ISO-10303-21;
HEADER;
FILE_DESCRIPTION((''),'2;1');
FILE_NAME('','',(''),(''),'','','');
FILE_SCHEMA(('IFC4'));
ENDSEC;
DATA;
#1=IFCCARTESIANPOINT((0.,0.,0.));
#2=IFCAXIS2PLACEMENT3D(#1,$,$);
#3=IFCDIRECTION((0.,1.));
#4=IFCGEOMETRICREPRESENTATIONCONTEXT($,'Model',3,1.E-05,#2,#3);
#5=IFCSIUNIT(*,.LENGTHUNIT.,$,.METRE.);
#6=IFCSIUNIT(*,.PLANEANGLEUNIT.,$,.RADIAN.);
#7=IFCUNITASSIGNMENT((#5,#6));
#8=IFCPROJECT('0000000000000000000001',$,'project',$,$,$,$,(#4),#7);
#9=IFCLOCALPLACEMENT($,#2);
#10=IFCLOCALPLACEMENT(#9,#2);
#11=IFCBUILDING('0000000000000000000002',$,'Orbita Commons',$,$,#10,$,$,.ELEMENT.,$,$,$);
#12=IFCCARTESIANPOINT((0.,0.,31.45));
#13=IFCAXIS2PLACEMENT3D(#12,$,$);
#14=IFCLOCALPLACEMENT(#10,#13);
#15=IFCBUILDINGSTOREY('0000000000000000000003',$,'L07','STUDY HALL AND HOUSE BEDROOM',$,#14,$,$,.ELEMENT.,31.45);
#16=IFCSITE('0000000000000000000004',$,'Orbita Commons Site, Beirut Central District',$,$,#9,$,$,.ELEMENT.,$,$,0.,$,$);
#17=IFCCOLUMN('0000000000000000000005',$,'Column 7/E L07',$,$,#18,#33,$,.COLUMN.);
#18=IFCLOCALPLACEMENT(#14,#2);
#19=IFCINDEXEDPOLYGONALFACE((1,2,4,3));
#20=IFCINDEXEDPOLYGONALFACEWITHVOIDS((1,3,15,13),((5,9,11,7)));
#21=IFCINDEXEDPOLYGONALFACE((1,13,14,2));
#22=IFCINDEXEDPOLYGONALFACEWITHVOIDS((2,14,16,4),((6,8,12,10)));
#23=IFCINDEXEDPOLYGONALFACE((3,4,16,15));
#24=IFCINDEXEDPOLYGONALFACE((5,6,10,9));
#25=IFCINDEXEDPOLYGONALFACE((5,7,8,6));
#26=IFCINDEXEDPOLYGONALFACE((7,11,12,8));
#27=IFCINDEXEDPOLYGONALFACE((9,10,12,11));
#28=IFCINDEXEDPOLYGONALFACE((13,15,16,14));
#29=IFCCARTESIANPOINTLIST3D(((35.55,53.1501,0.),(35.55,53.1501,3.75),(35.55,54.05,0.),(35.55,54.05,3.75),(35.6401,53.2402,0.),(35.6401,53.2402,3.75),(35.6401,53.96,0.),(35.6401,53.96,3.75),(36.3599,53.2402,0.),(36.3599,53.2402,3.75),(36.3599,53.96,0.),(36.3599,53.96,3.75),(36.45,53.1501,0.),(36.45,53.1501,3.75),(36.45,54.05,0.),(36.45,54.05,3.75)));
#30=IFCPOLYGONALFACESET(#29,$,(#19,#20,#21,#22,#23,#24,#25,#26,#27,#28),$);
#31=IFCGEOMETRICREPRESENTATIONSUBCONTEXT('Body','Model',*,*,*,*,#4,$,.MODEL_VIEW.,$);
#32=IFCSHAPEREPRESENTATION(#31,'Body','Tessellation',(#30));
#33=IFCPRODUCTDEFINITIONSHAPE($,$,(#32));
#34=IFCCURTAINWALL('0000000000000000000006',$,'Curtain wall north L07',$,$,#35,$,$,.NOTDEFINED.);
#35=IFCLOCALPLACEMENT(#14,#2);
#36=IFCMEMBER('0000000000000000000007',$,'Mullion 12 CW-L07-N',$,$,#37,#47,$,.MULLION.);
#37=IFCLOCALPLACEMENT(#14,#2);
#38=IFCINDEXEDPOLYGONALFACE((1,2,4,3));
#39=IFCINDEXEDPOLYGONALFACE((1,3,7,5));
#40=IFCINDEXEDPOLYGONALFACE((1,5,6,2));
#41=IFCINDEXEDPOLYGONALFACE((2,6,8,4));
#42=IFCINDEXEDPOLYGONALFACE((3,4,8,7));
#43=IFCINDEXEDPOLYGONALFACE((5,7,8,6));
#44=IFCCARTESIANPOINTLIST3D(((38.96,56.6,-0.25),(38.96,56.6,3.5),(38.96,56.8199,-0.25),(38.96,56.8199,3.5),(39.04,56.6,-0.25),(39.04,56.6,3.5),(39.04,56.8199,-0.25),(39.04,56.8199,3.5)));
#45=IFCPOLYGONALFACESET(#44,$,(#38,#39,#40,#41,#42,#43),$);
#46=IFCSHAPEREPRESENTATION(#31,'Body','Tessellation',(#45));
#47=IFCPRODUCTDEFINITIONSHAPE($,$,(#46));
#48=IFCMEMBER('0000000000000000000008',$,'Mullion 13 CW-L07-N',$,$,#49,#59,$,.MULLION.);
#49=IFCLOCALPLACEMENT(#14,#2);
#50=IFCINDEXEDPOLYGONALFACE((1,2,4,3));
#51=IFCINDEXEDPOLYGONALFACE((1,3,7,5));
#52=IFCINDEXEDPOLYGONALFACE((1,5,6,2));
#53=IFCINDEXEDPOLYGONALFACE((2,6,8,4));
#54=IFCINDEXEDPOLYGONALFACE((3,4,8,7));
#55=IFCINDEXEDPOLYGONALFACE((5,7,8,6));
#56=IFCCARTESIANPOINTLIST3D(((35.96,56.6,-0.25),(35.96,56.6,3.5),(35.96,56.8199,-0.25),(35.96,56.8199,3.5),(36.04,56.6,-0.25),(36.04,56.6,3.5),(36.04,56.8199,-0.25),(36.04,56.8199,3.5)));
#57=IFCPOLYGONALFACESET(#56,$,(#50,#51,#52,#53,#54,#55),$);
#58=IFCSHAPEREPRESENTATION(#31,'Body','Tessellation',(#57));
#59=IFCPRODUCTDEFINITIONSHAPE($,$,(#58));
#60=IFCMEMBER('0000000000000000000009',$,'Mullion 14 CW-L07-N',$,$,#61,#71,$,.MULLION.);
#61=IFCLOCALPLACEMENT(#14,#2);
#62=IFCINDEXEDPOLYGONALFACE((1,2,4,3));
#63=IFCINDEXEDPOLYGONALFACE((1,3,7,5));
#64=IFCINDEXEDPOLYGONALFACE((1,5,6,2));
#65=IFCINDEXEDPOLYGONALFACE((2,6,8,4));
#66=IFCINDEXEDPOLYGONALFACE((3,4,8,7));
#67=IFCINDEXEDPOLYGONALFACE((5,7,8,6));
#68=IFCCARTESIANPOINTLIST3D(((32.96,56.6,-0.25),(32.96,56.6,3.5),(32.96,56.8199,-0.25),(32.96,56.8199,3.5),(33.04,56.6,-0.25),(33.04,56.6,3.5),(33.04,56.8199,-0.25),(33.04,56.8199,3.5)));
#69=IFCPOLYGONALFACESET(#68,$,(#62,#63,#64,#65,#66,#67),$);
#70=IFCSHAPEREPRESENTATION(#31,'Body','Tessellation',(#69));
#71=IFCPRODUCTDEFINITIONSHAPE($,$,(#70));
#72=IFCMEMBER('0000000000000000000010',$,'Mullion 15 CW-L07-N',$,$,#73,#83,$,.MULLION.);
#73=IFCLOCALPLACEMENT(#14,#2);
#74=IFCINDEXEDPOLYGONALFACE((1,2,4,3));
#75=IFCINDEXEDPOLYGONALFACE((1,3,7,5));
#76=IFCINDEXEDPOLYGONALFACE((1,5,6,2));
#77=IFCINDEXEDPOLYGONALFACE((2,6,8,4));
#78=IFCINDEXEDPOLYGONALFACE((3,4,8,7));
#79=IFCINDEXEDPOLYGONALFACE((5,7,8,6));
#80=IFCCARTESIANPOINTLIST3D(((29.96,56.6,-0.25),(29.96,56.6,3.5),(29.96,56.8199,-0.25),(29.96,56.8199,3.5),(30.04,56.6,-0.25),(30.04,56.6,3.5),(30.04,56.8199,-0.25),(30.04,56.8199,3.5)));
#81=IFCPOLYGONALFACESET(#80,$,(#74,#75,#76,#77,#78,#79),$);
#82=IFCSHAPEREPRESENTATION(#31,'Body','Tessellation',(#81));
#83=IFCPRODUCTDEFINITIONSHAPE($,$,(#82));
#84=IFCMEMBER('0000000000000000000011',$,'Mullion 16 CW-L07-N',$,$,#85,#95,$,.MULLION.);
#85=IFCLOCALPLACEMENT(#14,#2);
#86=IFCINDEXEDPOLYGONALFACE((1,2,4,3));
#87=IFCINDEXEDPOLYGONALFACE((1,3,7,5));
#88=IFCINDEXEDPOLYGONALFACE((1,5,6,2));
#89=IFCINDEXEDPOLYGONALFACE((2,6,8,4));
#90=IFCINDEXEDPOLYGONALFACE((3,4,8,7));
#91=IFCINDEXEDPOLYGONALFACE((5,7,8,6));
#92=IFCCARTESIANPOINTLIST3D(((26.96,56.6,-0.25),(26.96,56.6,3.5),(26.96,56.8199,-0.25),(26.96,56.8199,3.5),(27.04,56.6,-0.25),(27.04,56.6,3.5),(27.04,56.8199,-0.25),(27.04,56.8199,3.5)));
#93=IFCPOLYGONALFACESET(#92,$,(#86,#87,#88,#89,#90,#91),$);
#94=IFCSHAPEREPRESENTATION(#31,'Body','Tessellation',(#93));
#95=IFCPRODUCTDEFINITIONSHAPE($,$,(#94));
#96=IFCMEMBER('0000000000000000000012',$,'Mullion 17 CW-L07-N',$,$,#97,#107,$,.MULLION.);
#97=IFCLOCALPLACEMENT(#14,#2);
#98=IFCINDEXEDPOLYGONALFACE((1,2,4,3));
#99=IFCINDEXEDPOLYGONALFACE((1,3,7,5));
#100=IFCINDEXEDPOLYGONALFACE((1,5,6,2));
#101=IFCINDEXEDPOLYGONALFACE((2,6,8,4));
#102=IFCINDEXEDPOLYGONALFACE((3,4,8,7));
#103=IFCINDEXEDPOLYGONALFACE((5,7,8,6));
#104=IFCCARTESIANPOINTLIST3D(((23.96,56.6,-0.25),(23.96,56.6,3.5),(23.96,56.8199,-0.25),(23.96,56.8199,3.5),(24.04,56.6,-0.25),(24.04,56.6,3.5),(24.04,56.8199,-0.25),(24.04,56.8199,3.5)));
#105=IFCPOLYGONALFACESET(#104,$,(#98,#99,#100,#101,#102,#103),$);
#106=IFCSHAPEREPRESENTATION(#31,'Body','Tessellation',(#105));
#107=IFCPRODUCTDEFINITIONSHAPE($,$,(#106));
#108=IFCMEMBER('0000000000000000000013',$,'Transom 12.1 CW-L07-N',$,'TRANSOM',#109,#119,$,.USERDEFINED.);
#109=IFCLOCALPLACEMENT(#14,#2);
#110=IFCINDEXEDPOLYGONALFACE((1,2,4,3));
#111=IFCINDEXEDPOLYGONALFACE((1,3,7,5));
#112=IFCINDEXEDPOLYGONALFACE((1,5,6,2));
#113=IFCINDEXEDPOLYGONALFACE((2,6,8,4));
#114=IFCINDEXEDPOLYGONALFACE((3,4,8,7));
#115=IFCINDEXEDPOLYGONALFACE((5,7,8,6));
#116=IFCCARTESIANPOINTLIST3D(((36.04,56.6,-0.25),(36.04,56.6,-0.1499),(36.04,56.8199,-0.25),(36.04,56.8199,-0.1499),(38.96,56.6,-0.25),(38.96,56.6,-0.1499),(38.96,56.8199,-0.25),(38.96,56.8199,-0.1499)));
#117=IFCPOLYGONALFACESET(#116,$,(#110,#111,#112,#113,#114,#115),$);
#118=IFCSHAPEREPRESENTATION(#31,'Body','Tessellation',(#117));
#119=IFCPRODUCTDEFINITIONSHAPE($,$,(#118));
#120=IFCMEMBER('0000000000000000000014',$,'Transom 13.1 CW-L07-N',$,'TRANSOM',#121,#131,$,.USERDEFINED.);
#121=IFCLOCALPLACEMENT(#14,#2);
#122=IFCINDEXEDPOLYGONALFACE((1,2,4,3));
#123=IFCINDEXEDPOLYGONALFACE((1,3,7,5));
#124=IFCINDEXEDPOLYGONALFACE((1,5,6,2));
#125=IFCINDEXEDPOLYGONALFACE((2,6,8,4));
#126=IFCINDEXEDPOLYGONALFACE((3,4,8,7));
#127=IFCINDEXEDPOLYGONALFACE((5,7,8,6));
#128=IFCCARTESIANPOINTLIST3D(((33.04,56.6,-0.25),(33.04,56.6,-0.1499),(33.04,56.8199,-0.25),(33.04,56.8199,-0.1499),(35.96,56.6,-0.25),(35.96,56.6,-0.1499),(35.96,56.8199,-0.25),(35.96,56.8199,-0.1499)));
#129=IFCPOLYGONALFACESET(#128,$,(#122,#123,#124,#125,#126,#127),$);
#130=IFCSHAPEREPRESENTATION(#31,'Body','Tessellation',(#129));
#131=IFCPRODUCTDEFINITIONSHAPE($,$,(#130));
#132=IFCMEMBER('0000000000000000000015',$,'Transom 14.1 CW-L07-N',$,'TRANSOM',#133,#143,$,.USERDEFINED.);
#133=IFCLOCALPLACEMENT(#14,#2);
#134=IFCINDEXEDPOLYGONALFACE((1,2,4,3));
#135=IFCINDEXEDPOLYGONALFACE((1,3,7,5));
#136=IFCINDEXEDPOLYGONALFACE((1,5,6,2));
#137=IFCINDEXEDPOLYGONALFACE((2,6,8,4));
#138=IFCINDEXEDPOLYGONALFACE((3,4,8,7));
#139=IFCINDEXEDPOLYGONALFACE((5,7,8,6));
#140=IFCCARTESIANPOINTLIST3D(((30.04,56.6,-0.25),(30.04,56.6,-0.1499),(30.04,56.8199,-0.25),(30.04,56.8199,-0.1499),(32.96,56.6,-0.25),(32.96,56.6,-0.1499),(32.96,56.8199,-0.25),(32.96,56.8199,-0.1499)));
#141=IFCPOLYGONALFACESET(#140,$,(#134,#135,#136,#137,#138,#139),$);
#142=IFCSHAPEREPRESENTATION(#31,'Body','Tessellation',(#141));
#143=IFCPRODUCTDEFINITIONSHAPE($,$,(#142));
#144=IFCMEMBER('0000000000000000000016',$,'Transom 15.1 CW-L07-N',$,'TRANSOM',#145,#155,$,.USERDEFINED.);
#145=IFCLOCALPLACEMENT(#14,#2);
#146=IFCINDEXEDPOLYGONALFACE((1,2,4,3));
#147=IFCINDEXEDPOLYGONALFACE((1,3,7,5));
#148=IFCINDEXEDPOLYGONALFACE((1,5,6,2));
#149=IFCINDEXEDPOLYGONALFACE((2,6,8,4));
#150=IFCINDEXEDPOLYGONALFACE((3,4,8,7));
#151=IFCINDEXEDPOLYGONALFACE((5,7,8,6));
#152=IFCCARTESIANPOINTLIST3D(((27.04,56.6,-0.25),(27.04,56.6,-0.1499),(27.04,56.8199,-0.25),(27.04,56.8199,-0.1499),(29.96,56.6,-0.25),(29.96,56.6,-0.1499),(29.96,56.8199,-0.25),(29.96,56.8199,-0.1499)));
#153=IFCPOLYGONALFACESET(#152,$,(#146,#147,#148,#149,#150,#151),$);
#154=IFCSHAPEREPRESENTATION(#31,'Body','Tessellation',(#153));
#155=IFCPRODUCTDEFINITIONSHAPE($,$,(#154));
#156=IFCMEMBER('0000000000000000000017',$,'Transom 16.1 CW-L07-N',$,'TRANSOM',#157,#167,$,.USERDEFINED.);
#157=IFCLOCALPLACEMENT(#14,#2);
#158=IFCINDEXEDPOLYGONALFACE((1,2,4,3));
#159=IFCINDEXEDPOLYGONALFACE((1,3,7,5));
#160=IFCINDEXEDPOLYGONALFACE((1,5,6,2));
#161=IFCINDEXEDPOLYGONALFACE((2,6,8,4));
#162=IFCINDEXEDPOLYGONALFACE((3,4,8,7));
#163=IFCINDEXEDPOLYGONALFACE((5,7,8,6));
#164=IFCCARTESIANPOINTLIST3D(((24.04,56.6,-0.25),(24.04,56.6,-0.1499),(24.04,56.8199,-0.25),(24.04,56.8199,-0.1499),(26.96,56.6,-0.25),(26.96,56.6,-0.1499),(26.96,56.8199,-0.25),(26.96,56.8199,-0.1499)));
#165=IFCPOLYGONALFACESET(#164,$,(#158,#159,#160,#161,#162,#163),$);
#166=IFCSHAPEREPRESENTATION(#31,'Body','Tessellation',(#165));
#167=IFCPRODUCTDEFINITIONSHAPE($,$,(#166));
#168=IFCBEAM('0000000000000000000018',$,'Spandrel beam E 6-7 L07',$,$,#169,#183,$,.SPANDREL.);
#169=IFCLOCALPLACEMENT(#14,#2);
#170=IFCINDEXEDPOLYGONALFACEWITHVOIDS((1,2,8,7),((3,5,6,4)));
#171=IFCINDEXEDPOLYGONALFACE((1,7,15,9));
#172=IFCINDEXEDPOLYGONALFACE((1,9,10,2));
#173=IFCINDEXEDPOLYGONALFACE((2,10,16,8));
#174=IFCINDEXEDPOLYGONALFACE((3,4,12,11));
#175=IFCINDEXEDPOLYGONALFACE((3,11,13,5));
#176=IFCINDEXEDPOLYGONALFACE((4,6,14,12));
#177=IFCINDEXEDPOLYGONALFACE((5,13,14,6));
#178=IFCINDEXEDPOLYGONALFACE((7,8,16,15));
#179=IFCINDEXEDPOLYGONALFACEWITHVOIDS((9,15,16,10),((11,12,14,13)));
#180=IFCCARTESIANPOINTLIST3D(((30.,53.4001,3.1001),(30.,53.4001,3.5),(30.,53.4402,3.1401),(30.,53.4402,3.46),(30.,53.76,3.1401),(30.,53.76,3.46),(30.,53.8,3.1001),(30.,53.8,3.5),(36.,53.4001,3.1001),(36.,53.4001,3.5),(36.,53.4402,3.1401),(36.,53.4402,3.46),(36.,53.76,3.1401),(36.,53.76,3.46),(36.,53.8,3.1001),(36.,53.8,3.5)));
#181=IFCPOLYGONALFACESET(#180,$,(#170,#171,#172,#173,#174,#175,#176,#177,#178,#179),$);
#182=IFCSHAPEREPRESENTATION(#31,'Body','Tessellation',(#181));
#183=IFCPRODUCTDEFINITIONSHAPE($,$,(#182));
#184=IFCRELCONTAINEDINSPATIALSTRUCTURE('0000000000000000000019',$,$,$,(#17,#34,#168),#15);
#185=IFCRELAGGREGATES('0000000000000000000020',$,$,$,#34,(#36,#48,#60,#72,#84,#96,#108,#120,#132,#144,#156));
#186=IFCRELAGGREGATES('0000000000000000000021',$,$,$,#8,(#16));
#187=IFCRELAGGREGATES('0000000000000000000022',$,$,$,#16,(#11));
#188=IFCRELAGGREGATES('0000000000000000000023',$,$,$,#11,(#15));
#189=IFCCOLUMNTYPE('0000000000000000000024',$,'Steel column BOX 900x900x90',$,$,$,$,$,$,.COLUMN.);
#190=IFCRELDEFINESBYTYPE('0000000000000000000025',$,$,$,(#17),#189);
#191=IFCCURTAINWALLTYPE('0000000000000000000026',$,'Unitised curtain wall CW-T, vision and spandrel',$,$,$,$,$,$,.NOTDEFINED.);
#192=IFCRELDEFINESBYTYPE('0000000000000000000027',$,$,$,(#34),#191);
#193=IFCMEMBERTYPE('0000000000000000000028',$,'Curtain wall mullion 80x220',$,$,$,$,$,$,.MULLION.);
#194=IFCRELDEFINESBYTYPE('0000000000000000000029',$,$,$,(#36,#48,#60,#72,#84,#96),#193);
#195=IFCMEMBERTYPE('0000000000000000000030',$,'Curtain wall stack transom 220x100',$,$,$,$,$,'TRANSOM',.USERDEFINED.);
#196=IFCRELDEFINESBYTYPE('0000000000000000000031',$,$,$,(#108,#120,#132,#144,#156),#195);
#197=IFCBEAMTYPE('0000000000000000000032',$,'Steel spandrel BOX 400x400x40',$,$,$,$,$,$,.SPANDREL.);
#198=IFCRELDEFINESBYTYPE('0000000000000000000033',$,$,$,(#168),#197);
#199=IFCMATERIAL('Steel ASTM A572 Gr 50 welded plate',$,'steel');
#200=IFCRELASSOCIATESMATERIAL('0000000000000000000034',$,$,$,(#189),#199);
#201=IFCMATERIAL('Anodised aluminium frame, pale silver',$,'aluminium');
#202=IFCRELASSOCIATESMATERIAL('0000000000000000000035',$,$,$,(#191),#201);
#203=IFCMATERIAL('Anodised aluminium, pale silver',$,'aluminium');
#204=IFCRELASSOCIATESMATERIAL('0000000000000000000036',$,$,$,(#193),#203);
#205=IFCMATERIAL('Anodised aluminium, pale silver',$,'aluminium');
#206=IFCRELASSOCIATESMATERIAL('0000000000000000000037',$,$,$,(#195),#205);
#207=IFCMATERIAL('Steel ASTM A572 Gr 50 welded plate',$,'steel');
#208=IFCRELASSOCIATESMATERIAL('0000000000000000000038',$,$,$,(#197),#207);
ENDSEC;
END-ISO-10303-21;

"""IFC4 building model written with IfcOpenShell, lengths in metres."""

from ifc_helpers import new_model, si_unit, direction, frame, origin, origin_2d, place, context, subcontext, project, spatial, rectangle, hollow_rectangle, extrude, material, material_profile, profile_set, type_object, element, aggregate, save


model = new_model("IFC4")

# Units and contexts
model_context = context("Model", 3, precision=1e-05, world=origin(), true_north=direction((0.0, 1.0)))
body_context = subcontext(model_context, "Body", "Model", "MODEL_VIEW")
ifc_project = project(units=[si_unit("LENGTHUNIT", "METRE"), si_unit("PLANEANGLEUNIT", "RADIAN")], contexts=[model_context])

# Site, building, storey
site_placement = place(None, origin())
site = spatial("IfcSite", under=ifc_project, at=site_placement, Name="Orbita Commons Site, Beirut Central District", CompositionType="ELEMENT", RefElevation=0.0)
building_placement = place(site_placement, origin())
building = spatial("IfcBuilding", under=site, at=building_placement, Name="Orbita Commons", CompositionType="ELEMENT")
storey_placement = place(building_placement, frame((0.0, 0.0, 31.45)))
storey = spatial("IfcBuildingStorey", under=building, at=storey_placement, Name="L07", Description="STUDY HALL AND HOUSE BEDROOM", CompositionType="ELEMENT", Elevation=31.45)

# Column
ifc_material_1 = material(Name="Steel ASTM A572 Gr 50 welded plate", Category="steel")
ifc_material_profile_1 = material_profile(ifc_material_1, hollow_rectangle(XDim=0.8999, YDim=0.8999, WallThickness=0.0901, at=origin_2d()), Name="BOX 900x900x90")
ifc_profile_set_1 = profile_set([ifc_material_profile_1], Name="Steel ASTM A572 Gr 50 welded plate")
column_type = type_object("IfcColumnType", Name="Steel column BOX 900x900x90", PredefinedType="COLUMN", material=ifc_profile_set_1)
column_placement = place(storey_placement, frame((36.0, 53.6001, 0.0), z_axis=(0.0, 0.0, 1.0), x_axis=(1.0, 0.0, 0.0)))
element("IfcColumn", 1, at=column_placement, inside=storey, type_object=column_type, Name="Column 7/E L07", PredefinedType="COLUMN", context=body_context, shape_type="SweptSolid", body=[
    extrude(hollow_rectangle(XDim=0.8999, YDim=0.8999, WallThickness=0.0901, at=origin_2d()), origin(), (0.0, 0.0, 1.0), 3.75),
])

# Curtain wall, members
ifc_material_2 = material(Name="Anodised aluminium frame, pale silver", Category="aluminium")
curtain_wall_type = type_object("IfcCurtainWallType", Name="Unitised curtain wall CW-T, vision and spandrel", PredefinedType="NOTDEFINED", material=ifc_material_2)
curtain_wall_placement = place(storey_placement, origin())
curtain_wall = element("IfcCurtainWall", 2, at=curtain_wall_placement, inside=storey, type_object=curtain_wall_type, Name="Curtain wall north L07", PredefinedType="NOTDEFINED")
ifc_material_3 = material(Name="Anodised aluminium, pale silver", Category="aluminium")
ifc_material_profile_2 = material_profile(ifc_material_3, rectangle(XDim=0.0801, YDim=0.22, at=origin_2d()), Name="AL 80x220")
ifc_profile_set_2 = profile_set([ifc_material_profile_2], Name="Anodised aluminium, pale silver")
member_type_1 = type_object("IfcMemberType", Name="Curtain wall mullion 80x220", PredefinedType="MULLION", material=ifc_profile_set_2)
member_1_placement = place(storey_placement, frame((39.0, 56.71, -0.25), z_axis=(0.0, 0.0, 1.0), x_axis=(-1.0, 0.0, 0.0)))
member_1 = element("IfcMember", 3, at=member_1_placement, type_object=member_type_1, Name="Mullion 12 CW-L07-N", PredefinedType="MULLION", context=body_context, shape_type="SweptSolid", body=[
    extrude(rectangle(XDim=0.0801, YDim=0.22, at=origin_2d()), origin(), (0.0, 0.0, 1.0), 3.75),
])
member_2_placement = place(storey_placement, frame((36.0, 56.71, -0.25), z_axis=(0.0, 0.0, 1.0), x_axis=(-1.0, 0.0, 0.0)))
member_2 = element("IfcMember", 4, at=member_2_placement, type_object=member_type_1, Name="Mullion 13 CW-L07-N", PredefinedType="MULLION", context=body_context, shape_type="SweptSolid", body=[
    extrude(rectangle(XDim=0.0801, YDim=0.22, at=origin_2d()), origin(), (0.0, 0.0, 1.0), 3.75),
])
member_3_placement = place(storey_placement, frame((33.0, 56.71, -0.25), z_axis=(0.0, 0.0, 1.0), x_axis=(-1.0, 0.0, 0.0)))
member_3 = element("IfcMember", 5, at=member_3_placement, type_object=member_type_1, Name="Mullion 14 CW-L07-N", PredefinedType="MULLION", context=body_context, shape_type="SweptSolid", body=[
    extrude(rectangle(XDim=0.0801, YDim=0.22, at=origin_2d()), origin(), (0.0, 0.0, 1.0), 3.75),
])
member_4_placement = place(storey_placement, frame((30.0, 56.71, -0.25), z_axis=(0.0, 0.0, 1.0), x_axis=(-1.0, 0.0, 0.0)))
member_4 = element("IfcMember", 6, at=member_4_placement, type_object=member_type_1, Name="Mullion 15 CW-L07-N", PredefinedType="MULLION", context=body_context, shape_type="SweptSolid", body=[
    extrude(rectangle(XDim=0.0801, YDim=0.22, at=origin_2d()), origin(), (0.0, 0.0, 1.0), 3.75),
])
member_5_placement = place(storey_placement, frame((27.0, 56.71, -0.25), z_axis=(0.0, 0.0, 1.0), x_axis=(-1.0, 0.0, 0.0)))
member_5 = element("IfcMember", 7, at=member_5_placement, type_object=member_type_1, Name="Mullion 16 CW-L07-N", PredefinedType="MULLION", context=body_context, shape_type="SweptSolid", body=[
    extrude(rectangle(XDim=0.0801, YDim=0.22, at=origin_2d()), origin(), (0.0, 0.0, 1.0), 3.75),
])
member_6_placement = place(storey_placement, frame((24.0, 56.71, -0.25), z_axis=(0.0, 0.0, 1.0), x_axis=(-1.0, 0.0, 0.0)))
member_6 = element("IfcMember", 8, at=member_6_placement, type_object=member_type_1, Name="Mullion 17 CW-L07-N", PredefinedType="MULLION", context=body_context, shape_type="SweptSolid", body=[
    extrude(rectangle(XDim=0.0801, YDim=0.22, at=origin_2d()), origin(), (0.0, 0.0, 1.0), 3.75),
])
ifc_material_4 = material(Name="Anodised aluminium, pale silver", Category="aluminium")
ifc_material_profile_3 = material_profile(ifc_material_4, rectangle(XDim=0.22, YDim=0.1001, at=origin_2d()), Name="AL 220x100")
ifc_profile_set_3 = profile_set([ifc_material_profile_3], Name="Anodised aluminium, pale silver")
member_type_2 = type_object("IfcMemberType", Name="Curtain wall stack transom 220x100", ElementType="TRANSOM", PredefinedType="USERDEFINED", material=ifc_profile_set_3)
member_7_placement = place(storey_placement, frame((38.96, 56.71, -0.2), z_axis=(-1.0, 0.0, 0.0), x_axis=(0.0, -1.0, 0.0)))
member_7 = element("IfcMember", 9, at=member_7_placement, type_object=member_type_2, Name="Transom 12.1 CW-L07-N", ObjectType="TRANSOM", PredefinedType="USERDEFINED", context=body_context, shape_type="SweptSolid", body=[
    extrude(rectangle(XDim=0.22, YDim=0.1001, at=origin_2d()), origin(), (0.0, 0.0, 1.0), 2.9199),
])
member_8_placement = place(storey_placement, frame((35.96, 56.71, -0.2), z_axis=(-1.0, 0.0, 0.0), x_axis=(0.0, -1.0, 0.0)))
member_8 = element("IfcMember", 10, at=member_8_placement, type_object=member_type_2, Name="Transom 13.1 CW-L07-N", ObjectType="TRANSOM", PredefinedType="USERDEFINED", context=body_context, shape_type="SweptSolid", body=[
    extrude(rectangle(XDim=0.22, YDim=0.1001, at=origin_2d()), origin(), (0.0, 0.0, 1.0), 2.9199),
])
member_9_placement = place(storey_placement, frame((32.96, 56.71, -0.2), z_axis=(-1.0, 0.0, 0.0), x_axis=(0.0, -1.0, 0.0)))
member_9 = element("IfcMember", 11, at=member_9_placement, type_object=member_type_2, Name="Transom 14.1 CW-L07-N", ObjectType="TRANSOM", PredefinedType="USERDEFINED", context=body_context, shape_type="SweptSolid", body=[
    extrude(rectangle(XDim=0.22, YDim=0.1001, at=origin_2d()), origin(), (0.0, 0.0, 1.0), 2.9199),
])
member_10_placement = place(storey_placement, frame((29.96, 56.71, -0.2), z_axis=(-1.0, 0.0, 0.0), x_axis=(0.0, -1.0, 0.0)))
member_10 = element("IfcMember", 12, at=member_10_placement, type_object=member_type_2, Name="Transom 15.1 CW-L07-N", ObjectType="TRANSOM", PredefinedType="USERDEFINED", context=body_context, shape_type="SweptSolid", body=[
    extrude(rectangle(XDim=0.22, YDim=0.1001, at=origin_2d()), origin(), (0.0, 0.0, 1.0), 2.9199),
])
member_11_placement = place(storey_placement, frame((26.96, 56.71, -0.2), z_axis=(-1.0, 0.0, 0.0), x_axis=(0.0, -1.0, 0.0)))
member_11 = element("IfcMember", 13, at=member_11_placement, type_object=member_type_2, Name="Transom 16.1 CW-L07-N", ObjectType="TRANSOM", PredefinedType="USERDEFINED", context=body_context, shape_type="SweptSolid", body=[
    extrude(rectangle(XDim=0.22, YDim=0.1001, at=origin_2d()), origin(), (0.0, 0.0, 1.0), 2.9199),
])

# Beam
ifc_material_5 = material(Name="Steel ASTM A572 Gr 50 welded plate", Category="steel")
ifc_material_profile_4 = material_profile(ifc_material_5, hollow_rectangle(XDim=0.3999, YDim=0.3999, WallThickness=0.04, at=origin_2d()), Name="BOX 400x400x40")
ifc_profile_set_4 = profile_set([ifc_material_profile_4], Name="Steel ASTM A572 Gr 50 welded plate")
beam_type = type_object("IfcBeamType", Name="Steel spandrel BOX 400x400x40", PredefinedType="SPANDREL", material=ifc_profile_set_4)
for number, where, z_axis, x_axis, name in (
    (14, (30.0, 53.6001, 3.3), (1.0, 0.0, 0.0), (0.0, 1.0, 0.0), "Spandrel beam E 6-7 L07"),
):
    element("IfcBeam", number, at=place(storey_placement, frame(where, z_axis=z_axis, x_axis=x_axis)), inside=storey, type_object=beam_type, Name=name, PredefinedType="SPANDREL", context=body_context, shape_type="SweptSolid", body=[
        extrude(hollow_rectangle(XDim=0.3999, YDim=0.3999, WallThickness=0.04, at=origin_2d()), origin(), (0.0, 0.0, 1.0), 6.0),
    ])

aggregate(curtain_wall, [member_1, member_2, member_3, member_4, member_5, member_6, member_7, member_8, member_9, member_10, member_11])

save(model, "model.ifc")
